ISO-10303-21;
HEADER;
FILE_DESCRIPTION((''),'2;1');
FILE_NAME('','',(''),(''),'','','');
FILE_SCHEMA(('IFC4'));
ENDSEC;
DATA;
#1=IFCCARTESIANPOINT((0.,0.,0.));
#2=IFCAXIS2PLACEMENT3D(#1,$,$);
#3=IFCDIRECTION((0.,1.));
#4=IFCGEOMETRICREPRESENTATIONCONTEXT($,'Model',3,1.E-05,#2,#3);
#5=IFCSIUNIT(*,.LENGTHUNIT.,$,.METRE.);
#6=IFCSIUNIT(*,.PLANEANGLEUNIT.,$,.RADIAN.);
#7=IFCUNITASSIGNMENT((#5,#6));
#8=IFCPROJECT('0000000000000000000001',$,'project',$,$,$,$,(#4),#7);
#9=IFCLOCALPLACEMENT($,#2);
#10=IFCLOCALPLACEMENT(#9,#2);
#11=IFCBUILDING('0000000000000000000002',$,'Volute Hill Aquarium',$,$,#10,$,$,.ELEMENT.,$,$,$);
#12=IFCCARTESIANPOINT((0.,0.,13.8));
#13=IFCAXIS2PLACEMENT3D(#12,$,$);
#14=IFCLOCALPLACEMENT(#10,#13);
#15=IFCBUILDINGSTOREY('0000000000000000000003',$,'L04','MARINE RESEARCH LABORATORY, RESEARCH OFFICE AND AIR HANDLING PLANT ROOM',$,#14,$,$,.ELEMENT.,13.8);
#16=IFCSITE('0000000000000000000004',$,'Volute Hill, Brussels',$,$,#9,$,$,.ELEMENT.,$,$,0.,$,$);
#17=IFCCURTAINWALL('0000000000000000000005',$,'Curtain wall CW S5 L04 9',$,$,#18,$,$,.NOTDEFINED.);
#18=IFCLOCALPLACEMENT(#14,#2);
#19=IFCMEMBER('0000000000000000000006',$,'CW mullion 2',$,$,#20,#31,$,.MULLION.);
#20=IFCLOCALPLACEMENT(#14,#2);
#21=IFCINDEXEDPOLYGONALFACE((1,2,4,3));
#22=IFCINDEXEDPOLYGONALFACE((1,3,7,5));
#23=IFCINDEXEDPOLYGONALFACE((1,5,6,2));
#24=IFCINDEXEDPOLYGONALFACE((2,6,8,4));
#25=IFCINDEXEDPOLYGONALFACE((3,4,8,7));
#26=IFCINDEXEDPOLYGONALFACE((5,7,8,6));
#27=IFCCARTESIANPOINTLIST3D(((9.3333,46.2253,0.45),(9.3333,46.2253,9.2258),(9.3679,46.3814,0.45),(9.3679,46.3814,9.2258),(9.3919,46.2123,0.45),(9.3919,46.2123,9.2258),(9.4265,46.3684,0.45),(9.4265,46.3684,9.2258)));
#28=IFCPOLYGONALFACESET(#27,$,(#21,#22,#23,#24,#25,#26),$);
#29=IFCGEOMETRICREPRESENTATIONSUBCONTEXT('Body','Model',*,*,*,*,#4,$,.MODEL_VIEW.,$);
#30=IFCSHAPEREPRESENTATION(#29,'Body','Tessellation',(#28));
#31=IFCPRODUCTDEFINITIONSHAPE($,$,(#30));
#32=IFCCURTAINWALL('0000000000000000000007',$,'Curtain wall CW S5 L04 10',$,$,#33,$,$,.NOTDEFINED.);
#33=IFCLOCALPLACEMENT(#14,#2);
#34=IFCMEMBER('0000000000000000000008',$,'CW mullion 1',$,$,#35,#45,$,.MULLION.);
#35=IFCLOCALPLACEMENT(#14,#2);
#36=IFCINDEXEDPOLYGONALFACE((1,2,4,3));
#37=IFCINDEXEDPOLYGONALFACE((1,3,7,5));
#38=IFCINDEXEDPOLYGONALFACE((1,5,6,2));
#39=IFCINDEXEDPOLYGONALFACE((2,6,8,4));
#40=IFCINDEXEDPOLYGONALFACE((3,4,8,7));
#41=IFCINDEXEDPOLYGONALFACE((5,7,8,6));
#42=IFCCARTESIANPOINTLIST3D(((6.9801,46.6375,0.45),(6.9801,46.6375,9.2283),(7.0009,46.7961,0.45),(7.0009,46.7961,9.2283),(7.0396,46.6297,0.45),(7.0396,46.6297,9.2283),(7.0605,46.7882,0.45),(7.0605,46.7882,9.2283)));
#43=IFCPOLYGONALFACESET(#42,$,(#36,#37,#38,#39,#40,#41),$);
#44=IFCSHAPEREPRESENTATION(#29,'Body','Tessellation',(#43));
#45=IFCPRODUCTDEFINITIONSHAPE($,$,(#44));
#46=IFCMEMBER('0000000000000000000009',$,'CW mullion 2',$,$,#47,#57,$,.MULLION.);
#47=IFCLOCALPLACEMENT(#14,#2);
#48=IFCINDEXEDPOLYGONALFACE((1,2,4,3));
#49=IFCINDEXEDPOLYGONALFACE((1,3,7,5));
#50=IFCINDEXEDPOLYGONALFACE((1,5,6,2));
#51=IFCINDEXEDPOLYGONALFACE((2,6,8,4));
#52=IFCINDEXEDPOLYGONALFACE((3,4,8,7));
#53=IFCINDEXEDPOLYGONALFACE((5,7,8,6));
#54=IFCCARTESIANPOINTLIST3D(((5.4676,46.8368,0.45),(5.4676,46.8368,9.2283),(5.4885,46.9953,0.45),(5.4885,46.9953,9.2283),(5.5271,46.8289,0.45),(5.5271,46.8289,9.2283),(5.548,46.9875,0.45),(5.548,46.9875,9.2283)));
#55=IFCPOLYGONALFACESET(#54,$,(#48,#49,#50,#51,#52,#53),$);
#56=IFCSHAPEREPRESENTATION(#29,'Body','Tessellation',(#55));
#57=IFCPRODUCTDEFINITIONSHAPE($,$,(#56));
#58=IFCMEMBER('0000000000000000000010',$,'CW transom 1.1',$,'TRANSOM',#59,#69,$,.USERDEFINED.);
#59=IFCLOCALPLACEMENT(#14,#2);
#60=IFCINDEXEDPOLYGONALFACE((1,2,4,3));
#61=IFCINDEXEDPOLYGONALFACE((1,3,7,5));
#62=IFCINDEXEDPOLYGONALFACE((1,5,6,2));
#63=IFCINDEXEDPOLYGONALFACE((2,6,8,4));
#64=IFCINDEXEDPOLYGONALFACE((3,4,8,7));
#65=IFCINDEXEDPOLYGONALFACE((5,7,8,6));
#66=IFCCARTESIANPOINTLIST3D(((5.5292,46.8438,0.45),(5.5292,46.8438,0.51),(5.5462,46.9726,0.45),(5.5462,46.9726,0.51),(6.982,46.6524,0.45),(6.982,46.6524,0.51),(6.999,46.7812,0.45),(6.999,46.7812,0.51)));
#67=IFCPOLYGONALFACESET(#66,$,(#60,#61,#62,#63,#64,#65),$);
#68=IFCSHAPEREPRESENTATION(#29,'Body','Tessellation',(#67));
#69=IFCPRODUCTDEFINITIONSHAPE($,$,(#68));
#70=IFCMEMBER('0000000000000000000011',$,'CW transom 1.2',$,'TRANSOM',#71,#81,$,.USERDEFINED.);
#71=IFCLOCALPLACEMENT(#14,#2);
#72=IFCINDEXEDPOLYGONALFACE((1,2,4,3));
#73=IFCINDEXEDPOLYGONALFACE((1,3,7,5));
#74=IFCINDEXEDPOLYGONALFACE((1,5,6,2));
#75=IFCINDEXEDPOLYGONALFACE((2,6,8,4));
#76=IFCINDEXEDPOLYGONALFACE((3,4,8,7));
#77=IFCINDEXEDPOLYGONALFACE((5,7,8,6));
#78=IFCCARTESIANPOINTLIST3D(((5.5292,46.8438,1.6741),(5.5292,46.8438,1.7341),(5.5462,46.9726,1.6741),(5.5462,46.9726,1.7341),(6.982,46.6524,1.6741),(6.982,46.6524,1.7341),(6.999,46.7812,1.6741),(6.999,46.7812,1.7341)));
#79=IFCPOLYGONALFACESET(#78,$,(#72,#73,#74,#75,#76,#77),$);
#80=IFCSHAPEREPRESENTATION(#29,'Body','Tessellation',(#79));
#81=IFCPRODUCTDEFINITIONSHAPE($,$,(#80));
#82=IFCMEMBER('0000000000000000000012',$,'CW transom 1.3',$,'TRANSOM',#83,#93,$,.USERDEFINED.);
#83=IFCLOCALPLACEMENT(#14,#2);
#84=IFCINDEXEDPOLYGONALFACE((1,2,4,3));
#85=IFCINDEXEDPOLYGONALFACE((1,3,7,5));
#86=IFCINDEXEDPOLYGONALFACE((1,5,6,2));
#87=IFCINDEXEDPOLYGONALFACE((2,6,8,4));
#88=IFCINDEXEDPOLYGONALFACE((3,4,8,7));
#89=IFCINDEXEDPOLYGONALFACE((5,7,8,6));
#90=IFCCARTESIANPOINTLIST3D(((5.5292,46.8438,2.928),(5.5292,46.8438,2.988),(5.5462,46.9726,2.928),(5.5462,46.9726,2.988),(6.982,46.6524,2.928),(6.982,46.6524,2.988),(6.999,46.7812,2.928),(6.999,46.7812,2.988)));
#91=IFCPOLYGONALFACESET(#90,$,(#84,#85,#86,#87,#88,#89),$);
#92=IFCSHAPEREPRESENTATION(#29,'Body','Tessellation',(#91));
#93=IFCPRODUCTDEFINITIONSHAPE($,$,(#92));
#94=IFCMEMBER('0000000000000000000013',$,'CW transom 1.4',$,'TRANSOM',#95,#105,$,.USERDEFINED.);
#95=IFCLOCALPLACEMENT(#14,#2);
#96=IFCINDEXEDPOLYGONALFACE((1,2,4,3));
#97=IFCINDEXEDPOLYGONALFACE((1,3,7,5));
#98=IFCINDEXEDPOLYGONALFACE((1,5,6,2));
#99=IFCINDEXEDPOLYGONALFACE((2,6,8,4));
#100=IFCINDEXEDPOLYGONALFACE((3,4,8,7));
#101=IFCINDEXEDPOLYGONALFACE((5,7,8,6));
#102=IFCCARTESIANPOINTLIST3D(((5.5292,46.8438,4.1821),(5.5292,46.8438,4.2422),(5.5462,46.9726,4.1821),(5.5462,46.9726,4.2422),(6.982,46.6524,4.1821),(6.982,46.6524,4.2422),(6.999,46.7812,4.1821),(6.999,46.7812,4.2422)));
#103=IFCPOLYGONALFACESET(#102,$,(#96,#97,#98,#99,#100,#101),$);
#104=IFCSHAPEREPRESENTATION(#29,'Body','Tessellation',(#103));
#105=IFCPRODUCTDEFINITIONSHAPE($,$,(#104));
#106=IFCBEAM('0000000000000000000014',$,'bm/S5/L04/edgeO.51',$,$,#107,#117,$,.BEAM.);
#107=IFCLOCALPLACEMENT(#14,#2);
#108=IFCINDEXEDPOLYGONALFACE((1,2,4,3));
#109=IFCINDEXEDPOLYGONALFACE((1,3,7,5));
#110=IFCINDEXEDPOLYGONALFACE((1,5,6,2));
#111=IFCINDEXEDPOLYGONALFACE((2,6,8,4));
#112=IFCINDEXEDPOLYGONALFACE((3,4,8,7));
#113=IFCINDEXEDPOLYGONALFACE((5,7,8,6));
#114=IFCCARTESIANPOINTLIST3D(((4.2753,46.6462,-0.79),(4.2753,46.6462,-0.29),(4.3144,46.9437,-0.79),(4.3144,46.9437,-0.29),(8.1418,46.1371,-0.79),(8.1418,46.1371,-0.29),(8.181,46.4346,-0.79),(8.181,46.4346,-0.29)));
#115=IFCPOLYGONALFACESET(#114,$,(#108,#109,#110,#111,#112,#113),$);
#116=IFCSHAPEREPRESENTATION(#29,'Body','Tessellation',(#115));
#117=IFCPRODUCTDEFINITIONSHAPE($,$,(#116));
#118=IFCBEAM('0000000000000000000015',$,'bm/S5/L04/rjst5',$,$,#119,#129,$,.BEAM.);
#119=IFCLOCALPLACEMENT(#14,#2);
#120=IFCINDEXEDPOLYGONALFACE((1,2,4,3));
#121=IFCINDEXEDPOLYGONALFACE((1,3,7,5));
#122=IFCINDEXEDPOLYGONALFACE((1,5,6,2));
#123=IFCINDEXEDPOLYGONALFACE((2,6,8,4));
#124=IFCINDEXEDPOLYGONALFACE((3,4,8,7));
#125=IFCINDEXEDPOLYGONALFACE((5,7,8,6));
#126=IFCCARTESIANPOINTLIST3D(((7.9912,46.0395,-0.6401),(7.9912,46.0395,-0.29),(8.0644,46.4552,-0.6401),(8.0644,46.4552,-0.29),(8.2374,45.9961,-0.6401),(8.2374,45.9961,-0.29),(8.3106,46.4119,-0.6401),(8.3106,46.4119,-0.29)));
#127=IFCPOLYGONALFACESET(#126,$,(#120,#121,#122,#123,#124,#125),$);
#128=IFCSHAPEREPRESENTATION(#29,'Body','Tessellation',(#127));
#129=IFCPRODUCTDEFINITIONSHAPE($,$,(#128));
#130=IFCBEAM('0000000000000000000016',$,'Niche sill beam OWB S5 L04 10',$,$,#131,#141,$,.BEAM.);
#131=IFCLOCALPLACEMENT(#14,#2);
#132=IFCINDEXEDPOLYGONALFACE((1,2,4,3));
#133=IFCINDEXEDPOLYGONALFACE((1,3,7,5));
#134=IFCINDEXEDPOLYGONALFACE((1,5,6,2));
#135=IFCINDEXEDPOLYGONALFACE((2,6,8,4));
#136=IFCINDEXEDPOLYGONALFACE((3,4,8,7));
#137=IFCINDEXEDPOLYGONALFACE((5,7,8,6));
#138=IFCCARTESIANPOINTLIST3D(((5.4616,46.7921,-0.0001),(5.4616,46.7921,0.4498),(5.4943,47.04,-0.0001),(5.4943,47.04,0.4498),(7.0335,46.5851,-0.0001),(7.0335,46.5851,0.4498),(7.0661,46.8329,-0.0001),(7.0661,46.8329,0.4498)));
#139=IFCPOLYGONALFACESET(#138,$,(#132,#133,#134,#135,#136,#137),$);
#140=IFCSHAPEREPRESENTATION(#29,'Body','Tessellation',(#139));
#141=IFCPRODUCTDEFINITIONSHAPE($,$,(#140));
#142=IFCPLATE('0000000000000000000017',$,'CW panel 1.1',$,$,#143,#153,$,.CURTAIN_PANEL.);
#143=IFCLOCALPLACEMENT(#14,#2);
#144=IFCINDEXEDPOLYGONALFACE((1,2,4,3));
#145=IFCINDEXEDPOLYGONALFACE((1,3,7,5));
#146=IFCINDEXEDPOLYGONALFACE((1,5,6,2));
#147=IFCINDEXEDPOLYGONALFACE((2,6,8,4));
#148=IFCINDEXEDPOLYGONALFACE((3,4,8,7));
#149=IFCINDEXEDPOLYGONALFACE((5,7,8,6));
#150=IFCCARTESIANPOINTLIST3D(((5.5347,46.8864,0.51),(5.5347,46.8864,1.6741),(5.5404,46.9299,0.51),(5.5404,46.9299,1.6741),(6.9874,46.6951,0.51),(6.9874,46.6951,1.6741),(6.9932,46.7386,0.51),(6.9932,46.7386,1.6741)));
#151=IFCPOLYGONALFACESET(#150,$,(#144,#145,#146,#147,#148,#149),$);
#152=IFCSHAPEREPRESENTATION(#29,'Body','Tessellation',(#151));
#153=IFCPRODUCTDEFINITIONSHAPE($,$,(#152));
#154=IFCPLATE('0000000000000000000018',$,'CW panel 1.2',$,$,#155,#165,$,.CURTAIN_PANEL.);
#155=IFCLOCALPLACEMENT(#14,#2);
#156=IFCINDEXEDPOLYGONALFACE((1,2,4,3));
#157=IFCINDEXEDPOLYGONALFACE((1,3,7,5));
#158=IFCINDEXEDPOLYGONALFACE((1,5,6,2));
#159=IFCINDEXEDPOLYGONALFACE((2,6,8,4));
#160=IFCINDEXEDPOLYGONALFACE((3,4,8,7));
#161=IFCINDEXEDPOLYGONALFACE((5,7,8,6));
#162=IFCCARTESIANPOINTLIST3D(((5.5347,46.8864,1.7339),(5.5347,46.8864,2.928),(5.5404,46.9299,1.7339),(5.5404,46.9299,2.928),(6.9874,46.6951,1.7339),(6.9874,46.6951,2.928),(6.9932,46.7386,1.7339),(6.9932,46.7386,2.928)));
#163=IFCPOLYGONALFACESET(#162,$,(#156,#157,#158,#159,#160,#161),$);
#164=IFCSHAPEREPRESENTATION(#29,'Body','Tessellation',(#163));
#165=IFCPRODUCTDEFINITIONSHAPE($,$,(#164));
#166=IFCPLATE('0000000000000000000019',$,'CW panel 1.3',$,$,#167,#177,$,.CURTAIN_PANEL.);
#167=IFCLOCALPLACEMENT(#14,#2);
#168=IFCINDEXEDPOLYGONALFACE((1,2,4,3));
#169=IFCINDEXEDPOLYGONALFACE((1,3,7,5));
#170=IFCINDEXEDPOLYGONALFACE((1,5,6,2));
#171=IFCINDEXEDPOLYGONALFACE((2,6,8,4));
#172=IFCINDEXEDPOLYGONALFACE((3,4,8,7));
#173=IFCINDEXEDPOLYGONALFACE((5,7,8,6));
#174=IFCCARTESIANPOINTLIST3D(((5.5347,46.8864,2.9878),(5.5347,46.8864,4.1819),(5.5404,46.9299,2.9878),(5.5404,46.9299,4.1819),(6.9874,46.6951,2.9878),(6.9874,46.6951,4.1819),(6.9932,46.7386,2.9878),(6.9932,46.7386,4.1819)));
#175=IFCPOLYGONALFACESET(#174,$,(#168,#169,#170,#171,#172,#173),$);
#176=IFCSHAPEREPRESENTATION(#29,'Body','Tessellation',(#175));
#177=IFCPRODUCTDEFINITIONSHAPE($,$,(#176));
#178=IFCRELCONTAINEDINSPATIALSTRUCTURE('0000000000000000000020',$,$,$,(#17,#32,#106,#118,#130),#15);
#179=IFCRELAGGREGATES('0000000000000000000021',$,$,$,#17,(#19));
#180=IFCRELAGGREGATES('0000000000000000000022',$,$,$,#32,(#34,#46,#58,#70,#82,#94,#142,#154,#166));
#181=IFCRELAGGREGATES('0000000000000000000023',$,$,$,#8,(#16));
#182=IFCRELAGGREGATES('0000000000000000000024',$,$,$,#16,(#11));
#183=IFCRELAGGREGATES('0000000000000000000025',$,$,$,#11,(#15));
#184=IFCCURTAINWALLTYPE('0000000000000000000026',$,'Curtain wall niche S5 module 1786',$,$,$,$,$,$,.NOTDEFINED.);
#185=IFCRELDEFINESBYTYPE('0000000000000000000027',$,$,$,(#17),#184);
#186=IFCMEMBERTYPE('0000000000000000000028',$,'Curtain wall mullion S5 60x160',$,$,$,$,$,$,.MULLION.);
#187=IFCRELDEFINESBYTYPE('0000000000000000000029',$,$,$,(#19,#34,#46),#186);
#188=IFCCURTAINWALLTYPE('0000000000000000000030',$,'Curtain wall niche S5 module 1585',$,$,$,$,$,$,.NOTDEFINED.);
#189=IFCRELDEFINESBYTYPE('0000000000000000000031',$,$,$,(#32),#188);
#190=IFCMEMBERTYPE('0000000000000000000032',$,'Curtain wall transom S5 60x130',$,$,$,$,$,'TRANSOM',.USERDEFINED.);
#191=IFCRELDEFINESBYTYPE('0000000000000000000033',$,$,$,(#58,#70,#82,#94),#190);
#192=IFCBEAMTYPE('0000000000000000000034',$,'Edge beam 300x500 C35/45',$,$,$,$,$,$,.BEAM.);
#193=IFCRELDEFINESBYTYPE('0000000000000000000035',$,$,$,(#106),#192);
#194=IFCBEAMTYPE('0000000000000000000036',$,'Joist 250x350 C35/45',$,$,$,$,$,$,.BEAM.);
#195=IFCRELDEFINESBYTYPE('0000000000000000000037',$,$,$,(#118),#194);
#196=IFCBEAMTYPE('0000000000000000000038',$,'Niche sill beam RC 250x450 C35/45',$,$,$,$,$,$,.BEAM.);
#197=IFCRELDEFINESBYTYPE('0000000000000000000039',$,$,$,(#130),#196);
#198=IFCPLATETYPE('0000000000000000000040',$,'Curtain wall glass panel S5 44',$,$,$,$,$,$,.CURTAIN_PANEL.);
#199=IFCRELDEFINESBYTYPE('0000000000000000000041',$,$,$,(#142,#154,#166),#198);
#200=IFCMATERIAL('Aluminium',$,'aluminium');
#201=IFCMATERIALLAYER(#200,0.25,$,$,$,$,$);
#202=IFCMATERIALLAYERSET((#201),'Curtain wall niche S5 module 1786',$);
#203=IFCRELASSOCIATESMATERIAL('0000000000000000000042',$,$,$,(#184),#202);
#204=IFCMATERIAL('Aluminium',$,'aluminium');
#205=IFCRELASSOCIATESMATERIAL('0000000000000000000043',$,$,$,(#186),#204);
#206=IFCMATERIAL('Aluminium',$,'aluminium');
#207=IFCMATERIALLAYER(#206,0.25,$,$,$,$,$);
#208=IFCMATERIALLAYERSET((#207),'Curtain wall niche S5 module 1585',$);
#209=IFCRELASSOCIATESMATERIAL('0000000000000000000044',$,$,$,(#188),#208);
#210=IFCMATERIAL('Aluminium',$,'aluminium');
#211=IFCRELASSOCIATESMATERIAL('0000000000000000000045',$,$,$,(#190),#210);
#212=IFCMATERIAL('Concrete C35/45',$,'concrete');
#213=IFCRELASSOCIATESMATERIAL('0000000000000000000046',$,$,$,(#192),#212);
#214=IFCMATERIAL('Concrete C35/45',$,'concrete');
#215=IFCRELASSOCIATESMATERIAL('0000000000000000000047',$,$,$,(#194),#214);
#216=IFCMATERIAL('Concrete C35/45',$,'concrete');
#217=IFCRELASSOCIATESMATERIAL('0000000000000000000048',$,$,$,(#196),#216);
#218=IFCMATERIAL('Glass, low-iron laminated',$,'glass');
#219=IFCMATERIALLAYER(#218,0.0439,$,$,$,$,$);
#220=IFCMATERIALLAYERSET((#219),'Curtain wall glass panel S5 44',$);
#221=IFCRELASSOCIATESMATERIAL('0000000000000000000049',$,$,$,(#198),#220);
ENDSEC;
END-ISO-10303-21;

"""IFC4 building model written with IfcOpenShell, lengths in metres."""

from ifc_helpers import new_model, si_unit, direction, frame, origin, origin_2d, place, context, subcontext, project, spatial, rectangle, extrude, material, layer, layer_set, material_profile, profile_set, type_object, element, aggregate, save


model = new_model("IFC4")

# Units and contexts
model_context = context("Model", 3, precision=1e-05, world=origin(), true_north=direction((0.0, 1.0)))
body_context = subcontext(model_context, "Body", "Model", "MODEL_VIEW")
ifc_project = project(units=[si_unit("LENGTHUNIT", "METRE"), si_unit("PLANEANGLEUNIT", "RADIAN")], contexts=[model_context])

# Site, building, storey
site_placement = place(None, origin())
site = spatial("IfcSite", under=ifc_project, at=site_placement, Name="Volute Hill, Brussels", CompositionType="ELEMENT", RefElevation=0.0)
building_placement = place(site_placement, origin())
building = spatial("IfcBuilding", under=site, at=building_placement, Name="Volute Hill Aquarium", CompositionType="ELEMENT")
storey_placement = place(building_placement, frame((0.0, 0.0, 13.8)))
storey = spatial("IfcBuildingStorey", under=building, at=storey_placement, Name="L04", Description="MARINE RESEARCH LABORATORY, RESEARCH OFFICE AND AIR HANDLING PLANT ROOM", CompositionType="ELEMENT", Elevation=13.8)

# Curtain wall, member
ifc_material_1 = material(Name="Aluminium", Category="aluminium")
ifc_layer_1 = layer(ifc_material_1, 0.25)
ifc_layer_set_1 = layer_set([ifc_layer_1], Name="Curtain wall niche S5 module 1786")
curtain_wall_type_1 = type_object("IfcCurtainWallType", Name="Curtain wall niche S5 module 1786", PredefinedType="NOTDEFINED", material=ifc_layer_set_1)
curtain_wall_1_placement = place(storey_placement, origin())
curtain_wall_1 = element("IfcCurtainWall", 1, at=curtain_wall_1_placement, inside=storey, type_object=curtain_wall_type_1, Name="Curtain wall CW S5 L04 9", PredefinedType="NOTDEFINED")
ifc_material_2 = material(Name="Aluminium", Category="aluminium")
ifc_material_profile_1 = material_profile(ifc_material_2, rectangle(XDim=0.1599, YDim=0.0601, at=origin_2d()), Name="Curtain wall mullion S5 60x160")
ifc_profile_set_1 = profile_set([ifc_material_profile_1], Name="Aluminium")
member_type_1 = type_object("IfcMemberType", Name="Curtain wall mullion S5 60x160", PredefinedType="MULLION", material=ifc_profile_set_1)
member_1_placement = place(storey_placement, frame((9.3799, 46.2969, 0.45), z_axis=(0.0, 0.0, 1.0), x_axis=(-0.216422, -0.9763, 0.0)))
member_1 = element("IfcMember", 2, at=member_1_placement, type_object=member_type_1, Name="CW mullion 2", PredefinedType="MULLION", context=body_context, shape_type="SweptSolid", body=[
    extrude(rectangle(XDim=0.1599, YDim=0.0601, at=origin_2d()), origin(), (0.0, 0.0, 1.0), 8.7759),
])
aggregate(curtain_wall_1, [member_1])

# Curtain wall, members
ifc_material_3 = material(Name="Aluminium", Category="aluminium")
ifc_layer_2 = layer(ifc_material_3, 0.25)
ifc_layer_set_2 = layer_set([ifc_layer_2], Name="Curtain wall niche S5 module 1585")
curtain_wall_type_2 = type_object("IfcCurtainWallType", Name="Curtain wall niche S5 module 1585", PredefinedType="NOTDEFINED", material=ifc_layer_set_2)
curtain_wall_2_placement = place(storey_placement, origin())
curtain_wall_2 = element("IfcCurtainWall", 3, at=curtain_wall_2_placement, inside=storey, type_object=curtain_wall_type_2, Name="Curtain wall CW S5 L04 10", PredefinedType="NOTDEFINED")
member_2_placement = place(storey_placement, frame((7.0203, 46.7129, 0.45), z_axis=(0.0, 0.0, 1.0), x_axis=(-0.130539, -0.991443, 0.0)))
member_2 = element("IfcMember", 4, at=member_2_placement, type_object=member_type_1, Name="CW mullion 1", PredefinedType="MULLION", context=body_context, shape_type="SweptSolid", body=[
    extrude(rectangle(XDim=0.1599, YDim=0.0601, at=origin_2d()), origin(), (0.0, 0.0, 1.0), 8.7783),
])
member_3_placement = place(storey_placement, frame((5.5078, 46.9121, 0.45), z_axis=(0.0, 0.0, 1.0), x_axis=(-0.130539, -0.991443, 0.0)))
member_3 = element("IfcMember", 5, at=member_3_placement, type_object=member_type_1, Name="CW mullion 2", PredefinedType="MULLION", context=body_context, shape_type="SweptSolid", body=[
    extrude(rectangle(XDim=0.1599, YDim=0.0601, at=origin_2d()), origin(), (0.0, 0.0, 1.0), 8.7783),
])
ifc_material_4 = material(Name="Aluminium", Category="aluminium")
ifc_material_profile_2 = material_profile(ifc_material_4, rectangle(XDim=0.1299, YDim=0.0601, at=origin_2d()), Name="Curtain wall transom S5 60x130")
ifc_profile_set_2 = profile_set([ifc_material_profile_2], Name="Aluminium")
member_type_2 = type_object("IfcMemberType", Name="Curtain wall transom S5 60x130", ElementType="TRANSOM", PredefinedType="USERDEFINED", material=ifc_profile_set_2)
member_4_placement = place(storey_placement, frame((6.9905, 46.7168, 0.48), z_axis=(-0.991433, 0.130614, 0.0), x_axis=(-0.130614, -0.991433, 0.0)))
member_4 = element("IfcMember", 6, at=member_4_placement, type_object=member_type_2, Name="CW transom 1.1", ObjectType="TRANSOM", PredefinedType="USERDEFINED", context=body_context, shape_type="SweptSolid", body=[
    extrude(rectangle(XDim=0.1299, YDim=0.0601, at=origin_2d()), origin(), (0.0, 0.0, 1.0), 1.4653),
])
member_5_placement = place(storey_placement, frame((6.9905, 46.7168, 1.7041), z_axis=(-0.991433, 0.130614, 0.0), x_axis=(-0.130614, -0.991433, 0.0)))
member_5 = element("IfcMember", 7, at=member_5_placement, type_object=member_type_2, Name="CW transom 1.2", ObjectType="TRANSOM", PredefinedType="USERDEFINED", context=body_context, shape_type="SweptSolid", body=[
    extrude(rectangle(XDim=0.1299, YDim=0.0601, at=origin_2d()), origin(), (0.0, 0.0, 1.0), 1.4653),
])
member_6_placement = place(storey_placement, frame((6.9905, 46.7168, 2.958), z_axis=(-0.991433, 0.130614, 0.0), x_axis=(-0.130614, -0.991433, 0.0)))
member_6 = element("IfcMember", 8, at=member_6_placement, type_object=member_type_2, Name="CW transom 1.3", ObjectType="TRANSOM", PredefinedType="USERDEFINED", context=body_context, shape_type="SweptSolid", body=[
    extrude(rectangle(XDim=0.1299, YDim=0.0601, at=origin_2d()), origin(), (0.0, 0.0, 1.0), 1.4653),
])
member_7_placement = place(storey_placement, frame((6.9905, 46.7168, 4.2122), z_axis=(-0.991433, 0.130614, 0.0), x_axis=(-0.130614, -0.991433, 0.0)))
member_7 = element("IfcMember", 9, at=member_7_placement, type_object=member_type_2, Name="CW transom 1.4", ObjectType="TRANSOM", PredefinedType="USERDEFINED", context=body_context, shape_type="SweptSolid", body=[
    extrude(rectangle(XDim=0.1299, YDim=0.0601, at=origin_2d()), origin(), (0.0, 0.0, 1.0), 1.4653),
])

# Beams
ifc_material_5 = material(Name="Concrete C35/45", Category="concrete")
ifc_material_profile_3 = material_profile(ifc_material_5, rectangle(XDim=0.3, YDim=0.5, at=origin_2d()), Name="RC edge beam 300x500")
ifc_profile_set_3 = profile_set([ifc_material_profile_3], Name="Concrete C35/45")
beam_type_1 = type_object("IfcBeamType", Name="Edge beam 300x500 C35/45", PredefinedType="BEAM", material=ifc_profile_set_3)
beam_1_placement = place(storey_placement, frame((8.1614, 46.2859, -0.54), z_axis=(-0.991445, 0.130527, 0.0), x_axis=(-0.130527, -0.991445, 0.0)))
element("IfcBeam", 10, at=beam_1_placement, inside=storey, type_object=beam_type_1, Name="bm/S5/L04/edgeO.51", PredefinedType="BEAM", context=body_context, shape_type="SweptSolid", body=[
    extrude(rectangle(XDim=0.3, YDim=0.5, at=origin_2d()), origin(), (0.0, 0.0, 1.0), 3.8999),
])
ifc_material_6 = material(Name="Concrete C35/45", Category="concrete")
ifc_material_profile_4 = material_profile(ifc_material_6, rectangle(XDim=0.25, YDim=0.3501, at=origin_2d()), Name="RC joist 250x350")
ifc_profile_set_4 = profile_set([ifc_material_profile_4], Name="Concrete C35/45")
beam_type_2 = type_object("IfcBeamType", Name="Joist 250x350 C35/45", PredefinedType="BEAM", material=ifc_profile_set_4)
beam_2_placement = place(storey_placement, frame((8.1143, 46.0178, -0.4651), z_axis=(0.173488, 0.984836, 0.0), x_axis=(-0.984836, 0.173488, 0.0)))
element("IfcBeam", 11, at=beam_2_placement, inside=storey, type_object=beam_type_2, Name="bm/S5/L04/rjst5", PredefinedType="BEAM", context=body_context, shape_type="SweptSolid", body=[
    extrude(rectangle(XDim=0.25, YDim=0.3501, at=origin_2d()), origin(), (0.0, 0.0, 1.0), 0.4221),
])
ifc_material_7 = material(Name="Concrete C35/45", Category="concrete")
ifc_material_profile_5 = material_profile(ifc_material_7, rectangle(XDim=0.25, YDim=0.45, at=origin_2d()), Name="RC beam 250x450")
ifc_profile_set_5 = profile_set([ifc_material_profile_5], Name="Concrete C35/45")
beam_type_3 = type_object("IfcBeamType", Name="Niche sill beam RC 250x450 C35/45", PredefinedType="BEAM", material=ifc_profile_set_5)
beam_3_placement = place(storey_placement, frame((7.0498, 46.709, 0.2249), z_axis=(-0.991436, 0.13059, 0.0), x_axis=(-0.13059, -0.991436, 0.0)))
element("IfcBeam", 12, at=beam_3_placement, inside=storey, type_object=beam_type_3, Name="Niche sill beam OWB S5 L04 10", PredefinedType="BEAM", context=body_context, shape_type="SweptSolid", body=[
    extrude(rectangle(XDim=0.25, YDim=0.45, at=origin_2d()), origin(), (0.0, 0.0, 1.0), 1.5854),
])

# Plates
ifc_material_8 = material(Name="Glass, low-iron laminated", Category="glass")
ifc_layer_3 = layer(ifc_material_8, 0.0439)
ifc_layer_set_3 = layer_set([ifc_layer_3], Name="Curtain wall glass panel S5 44")
plate_type = type_object("IfcPlateType", Name="Curtain wall glass panel S5 44", PredefinedType="CURTAIN_PANEL", material=ifc_layer_set_3)
plate_1_placement = place(storey_placement, frame((6.2639, 46.8125, 0.51), z_axis=(0.0, 0.0, 1.0), x_axis=(-0.991443, 0.130539, 0.0)))
plate_1 = element("IfcPlate", 13, at=plate_1_placement, type_object=plate_type, Name="CW panel 1.1", PredefinedType="CURTAIN_PANEL", context=body_context, shape_type="SweptSolid", body=[
    extrude(rectangle(XDim=1.4653, YDim=0.0439, at=origin_2d()), origin(), (0.0, 0.0, 1.0), 1.1641),
])
plate_2_placement = place(storey_placement, frame((6.2639, 46.8125, 1.7339), z_axis=(0.0, 0.0, 1.0), x_axis=(-0.991443, 0.130539, 0.0)))
plate_2 = element("IfcPlate", 14, at=plate_2_placement, type_object=plate_type, Name="CW panel 1.2", PredefinedType="CURTAIN_PANEL", context=body_context, shape_type="SweptSolid", body=[
    extrude(rectangle(XDim=1.4653, YDim=0.0439, at=origin_2d()), origin(), (0.0, 0.0, 1.0), 1.1941),
])
plate_3_placement = place(storey_placement, frame((6.2639, 46.8125, 2.9878), z_axis=(0.0, 0.0, 1.0), x_axis=(-0.991443, 0.130539, 0.0)))
plate_3 = element("IfcPlate", 15, at=plate_3_placement, type_object=plate_type, Name="CW panel 1.3", PredefinedType="CURTAIN_PANEL", context=body_context, shape_type="SweptSolid", body=[
    extrude(rectangle(XDim=1.4653, YDim=0.0439, at=origin_2d()), origin(), (0.0, 0.0, 1.0), 1.1941),
])
aggregate(curtain_wall_2, [member_2, member_3, member_4, member_5, member_6, member_7, plate_1, plate_2, plate_3])

save(model, "model.ifc")
